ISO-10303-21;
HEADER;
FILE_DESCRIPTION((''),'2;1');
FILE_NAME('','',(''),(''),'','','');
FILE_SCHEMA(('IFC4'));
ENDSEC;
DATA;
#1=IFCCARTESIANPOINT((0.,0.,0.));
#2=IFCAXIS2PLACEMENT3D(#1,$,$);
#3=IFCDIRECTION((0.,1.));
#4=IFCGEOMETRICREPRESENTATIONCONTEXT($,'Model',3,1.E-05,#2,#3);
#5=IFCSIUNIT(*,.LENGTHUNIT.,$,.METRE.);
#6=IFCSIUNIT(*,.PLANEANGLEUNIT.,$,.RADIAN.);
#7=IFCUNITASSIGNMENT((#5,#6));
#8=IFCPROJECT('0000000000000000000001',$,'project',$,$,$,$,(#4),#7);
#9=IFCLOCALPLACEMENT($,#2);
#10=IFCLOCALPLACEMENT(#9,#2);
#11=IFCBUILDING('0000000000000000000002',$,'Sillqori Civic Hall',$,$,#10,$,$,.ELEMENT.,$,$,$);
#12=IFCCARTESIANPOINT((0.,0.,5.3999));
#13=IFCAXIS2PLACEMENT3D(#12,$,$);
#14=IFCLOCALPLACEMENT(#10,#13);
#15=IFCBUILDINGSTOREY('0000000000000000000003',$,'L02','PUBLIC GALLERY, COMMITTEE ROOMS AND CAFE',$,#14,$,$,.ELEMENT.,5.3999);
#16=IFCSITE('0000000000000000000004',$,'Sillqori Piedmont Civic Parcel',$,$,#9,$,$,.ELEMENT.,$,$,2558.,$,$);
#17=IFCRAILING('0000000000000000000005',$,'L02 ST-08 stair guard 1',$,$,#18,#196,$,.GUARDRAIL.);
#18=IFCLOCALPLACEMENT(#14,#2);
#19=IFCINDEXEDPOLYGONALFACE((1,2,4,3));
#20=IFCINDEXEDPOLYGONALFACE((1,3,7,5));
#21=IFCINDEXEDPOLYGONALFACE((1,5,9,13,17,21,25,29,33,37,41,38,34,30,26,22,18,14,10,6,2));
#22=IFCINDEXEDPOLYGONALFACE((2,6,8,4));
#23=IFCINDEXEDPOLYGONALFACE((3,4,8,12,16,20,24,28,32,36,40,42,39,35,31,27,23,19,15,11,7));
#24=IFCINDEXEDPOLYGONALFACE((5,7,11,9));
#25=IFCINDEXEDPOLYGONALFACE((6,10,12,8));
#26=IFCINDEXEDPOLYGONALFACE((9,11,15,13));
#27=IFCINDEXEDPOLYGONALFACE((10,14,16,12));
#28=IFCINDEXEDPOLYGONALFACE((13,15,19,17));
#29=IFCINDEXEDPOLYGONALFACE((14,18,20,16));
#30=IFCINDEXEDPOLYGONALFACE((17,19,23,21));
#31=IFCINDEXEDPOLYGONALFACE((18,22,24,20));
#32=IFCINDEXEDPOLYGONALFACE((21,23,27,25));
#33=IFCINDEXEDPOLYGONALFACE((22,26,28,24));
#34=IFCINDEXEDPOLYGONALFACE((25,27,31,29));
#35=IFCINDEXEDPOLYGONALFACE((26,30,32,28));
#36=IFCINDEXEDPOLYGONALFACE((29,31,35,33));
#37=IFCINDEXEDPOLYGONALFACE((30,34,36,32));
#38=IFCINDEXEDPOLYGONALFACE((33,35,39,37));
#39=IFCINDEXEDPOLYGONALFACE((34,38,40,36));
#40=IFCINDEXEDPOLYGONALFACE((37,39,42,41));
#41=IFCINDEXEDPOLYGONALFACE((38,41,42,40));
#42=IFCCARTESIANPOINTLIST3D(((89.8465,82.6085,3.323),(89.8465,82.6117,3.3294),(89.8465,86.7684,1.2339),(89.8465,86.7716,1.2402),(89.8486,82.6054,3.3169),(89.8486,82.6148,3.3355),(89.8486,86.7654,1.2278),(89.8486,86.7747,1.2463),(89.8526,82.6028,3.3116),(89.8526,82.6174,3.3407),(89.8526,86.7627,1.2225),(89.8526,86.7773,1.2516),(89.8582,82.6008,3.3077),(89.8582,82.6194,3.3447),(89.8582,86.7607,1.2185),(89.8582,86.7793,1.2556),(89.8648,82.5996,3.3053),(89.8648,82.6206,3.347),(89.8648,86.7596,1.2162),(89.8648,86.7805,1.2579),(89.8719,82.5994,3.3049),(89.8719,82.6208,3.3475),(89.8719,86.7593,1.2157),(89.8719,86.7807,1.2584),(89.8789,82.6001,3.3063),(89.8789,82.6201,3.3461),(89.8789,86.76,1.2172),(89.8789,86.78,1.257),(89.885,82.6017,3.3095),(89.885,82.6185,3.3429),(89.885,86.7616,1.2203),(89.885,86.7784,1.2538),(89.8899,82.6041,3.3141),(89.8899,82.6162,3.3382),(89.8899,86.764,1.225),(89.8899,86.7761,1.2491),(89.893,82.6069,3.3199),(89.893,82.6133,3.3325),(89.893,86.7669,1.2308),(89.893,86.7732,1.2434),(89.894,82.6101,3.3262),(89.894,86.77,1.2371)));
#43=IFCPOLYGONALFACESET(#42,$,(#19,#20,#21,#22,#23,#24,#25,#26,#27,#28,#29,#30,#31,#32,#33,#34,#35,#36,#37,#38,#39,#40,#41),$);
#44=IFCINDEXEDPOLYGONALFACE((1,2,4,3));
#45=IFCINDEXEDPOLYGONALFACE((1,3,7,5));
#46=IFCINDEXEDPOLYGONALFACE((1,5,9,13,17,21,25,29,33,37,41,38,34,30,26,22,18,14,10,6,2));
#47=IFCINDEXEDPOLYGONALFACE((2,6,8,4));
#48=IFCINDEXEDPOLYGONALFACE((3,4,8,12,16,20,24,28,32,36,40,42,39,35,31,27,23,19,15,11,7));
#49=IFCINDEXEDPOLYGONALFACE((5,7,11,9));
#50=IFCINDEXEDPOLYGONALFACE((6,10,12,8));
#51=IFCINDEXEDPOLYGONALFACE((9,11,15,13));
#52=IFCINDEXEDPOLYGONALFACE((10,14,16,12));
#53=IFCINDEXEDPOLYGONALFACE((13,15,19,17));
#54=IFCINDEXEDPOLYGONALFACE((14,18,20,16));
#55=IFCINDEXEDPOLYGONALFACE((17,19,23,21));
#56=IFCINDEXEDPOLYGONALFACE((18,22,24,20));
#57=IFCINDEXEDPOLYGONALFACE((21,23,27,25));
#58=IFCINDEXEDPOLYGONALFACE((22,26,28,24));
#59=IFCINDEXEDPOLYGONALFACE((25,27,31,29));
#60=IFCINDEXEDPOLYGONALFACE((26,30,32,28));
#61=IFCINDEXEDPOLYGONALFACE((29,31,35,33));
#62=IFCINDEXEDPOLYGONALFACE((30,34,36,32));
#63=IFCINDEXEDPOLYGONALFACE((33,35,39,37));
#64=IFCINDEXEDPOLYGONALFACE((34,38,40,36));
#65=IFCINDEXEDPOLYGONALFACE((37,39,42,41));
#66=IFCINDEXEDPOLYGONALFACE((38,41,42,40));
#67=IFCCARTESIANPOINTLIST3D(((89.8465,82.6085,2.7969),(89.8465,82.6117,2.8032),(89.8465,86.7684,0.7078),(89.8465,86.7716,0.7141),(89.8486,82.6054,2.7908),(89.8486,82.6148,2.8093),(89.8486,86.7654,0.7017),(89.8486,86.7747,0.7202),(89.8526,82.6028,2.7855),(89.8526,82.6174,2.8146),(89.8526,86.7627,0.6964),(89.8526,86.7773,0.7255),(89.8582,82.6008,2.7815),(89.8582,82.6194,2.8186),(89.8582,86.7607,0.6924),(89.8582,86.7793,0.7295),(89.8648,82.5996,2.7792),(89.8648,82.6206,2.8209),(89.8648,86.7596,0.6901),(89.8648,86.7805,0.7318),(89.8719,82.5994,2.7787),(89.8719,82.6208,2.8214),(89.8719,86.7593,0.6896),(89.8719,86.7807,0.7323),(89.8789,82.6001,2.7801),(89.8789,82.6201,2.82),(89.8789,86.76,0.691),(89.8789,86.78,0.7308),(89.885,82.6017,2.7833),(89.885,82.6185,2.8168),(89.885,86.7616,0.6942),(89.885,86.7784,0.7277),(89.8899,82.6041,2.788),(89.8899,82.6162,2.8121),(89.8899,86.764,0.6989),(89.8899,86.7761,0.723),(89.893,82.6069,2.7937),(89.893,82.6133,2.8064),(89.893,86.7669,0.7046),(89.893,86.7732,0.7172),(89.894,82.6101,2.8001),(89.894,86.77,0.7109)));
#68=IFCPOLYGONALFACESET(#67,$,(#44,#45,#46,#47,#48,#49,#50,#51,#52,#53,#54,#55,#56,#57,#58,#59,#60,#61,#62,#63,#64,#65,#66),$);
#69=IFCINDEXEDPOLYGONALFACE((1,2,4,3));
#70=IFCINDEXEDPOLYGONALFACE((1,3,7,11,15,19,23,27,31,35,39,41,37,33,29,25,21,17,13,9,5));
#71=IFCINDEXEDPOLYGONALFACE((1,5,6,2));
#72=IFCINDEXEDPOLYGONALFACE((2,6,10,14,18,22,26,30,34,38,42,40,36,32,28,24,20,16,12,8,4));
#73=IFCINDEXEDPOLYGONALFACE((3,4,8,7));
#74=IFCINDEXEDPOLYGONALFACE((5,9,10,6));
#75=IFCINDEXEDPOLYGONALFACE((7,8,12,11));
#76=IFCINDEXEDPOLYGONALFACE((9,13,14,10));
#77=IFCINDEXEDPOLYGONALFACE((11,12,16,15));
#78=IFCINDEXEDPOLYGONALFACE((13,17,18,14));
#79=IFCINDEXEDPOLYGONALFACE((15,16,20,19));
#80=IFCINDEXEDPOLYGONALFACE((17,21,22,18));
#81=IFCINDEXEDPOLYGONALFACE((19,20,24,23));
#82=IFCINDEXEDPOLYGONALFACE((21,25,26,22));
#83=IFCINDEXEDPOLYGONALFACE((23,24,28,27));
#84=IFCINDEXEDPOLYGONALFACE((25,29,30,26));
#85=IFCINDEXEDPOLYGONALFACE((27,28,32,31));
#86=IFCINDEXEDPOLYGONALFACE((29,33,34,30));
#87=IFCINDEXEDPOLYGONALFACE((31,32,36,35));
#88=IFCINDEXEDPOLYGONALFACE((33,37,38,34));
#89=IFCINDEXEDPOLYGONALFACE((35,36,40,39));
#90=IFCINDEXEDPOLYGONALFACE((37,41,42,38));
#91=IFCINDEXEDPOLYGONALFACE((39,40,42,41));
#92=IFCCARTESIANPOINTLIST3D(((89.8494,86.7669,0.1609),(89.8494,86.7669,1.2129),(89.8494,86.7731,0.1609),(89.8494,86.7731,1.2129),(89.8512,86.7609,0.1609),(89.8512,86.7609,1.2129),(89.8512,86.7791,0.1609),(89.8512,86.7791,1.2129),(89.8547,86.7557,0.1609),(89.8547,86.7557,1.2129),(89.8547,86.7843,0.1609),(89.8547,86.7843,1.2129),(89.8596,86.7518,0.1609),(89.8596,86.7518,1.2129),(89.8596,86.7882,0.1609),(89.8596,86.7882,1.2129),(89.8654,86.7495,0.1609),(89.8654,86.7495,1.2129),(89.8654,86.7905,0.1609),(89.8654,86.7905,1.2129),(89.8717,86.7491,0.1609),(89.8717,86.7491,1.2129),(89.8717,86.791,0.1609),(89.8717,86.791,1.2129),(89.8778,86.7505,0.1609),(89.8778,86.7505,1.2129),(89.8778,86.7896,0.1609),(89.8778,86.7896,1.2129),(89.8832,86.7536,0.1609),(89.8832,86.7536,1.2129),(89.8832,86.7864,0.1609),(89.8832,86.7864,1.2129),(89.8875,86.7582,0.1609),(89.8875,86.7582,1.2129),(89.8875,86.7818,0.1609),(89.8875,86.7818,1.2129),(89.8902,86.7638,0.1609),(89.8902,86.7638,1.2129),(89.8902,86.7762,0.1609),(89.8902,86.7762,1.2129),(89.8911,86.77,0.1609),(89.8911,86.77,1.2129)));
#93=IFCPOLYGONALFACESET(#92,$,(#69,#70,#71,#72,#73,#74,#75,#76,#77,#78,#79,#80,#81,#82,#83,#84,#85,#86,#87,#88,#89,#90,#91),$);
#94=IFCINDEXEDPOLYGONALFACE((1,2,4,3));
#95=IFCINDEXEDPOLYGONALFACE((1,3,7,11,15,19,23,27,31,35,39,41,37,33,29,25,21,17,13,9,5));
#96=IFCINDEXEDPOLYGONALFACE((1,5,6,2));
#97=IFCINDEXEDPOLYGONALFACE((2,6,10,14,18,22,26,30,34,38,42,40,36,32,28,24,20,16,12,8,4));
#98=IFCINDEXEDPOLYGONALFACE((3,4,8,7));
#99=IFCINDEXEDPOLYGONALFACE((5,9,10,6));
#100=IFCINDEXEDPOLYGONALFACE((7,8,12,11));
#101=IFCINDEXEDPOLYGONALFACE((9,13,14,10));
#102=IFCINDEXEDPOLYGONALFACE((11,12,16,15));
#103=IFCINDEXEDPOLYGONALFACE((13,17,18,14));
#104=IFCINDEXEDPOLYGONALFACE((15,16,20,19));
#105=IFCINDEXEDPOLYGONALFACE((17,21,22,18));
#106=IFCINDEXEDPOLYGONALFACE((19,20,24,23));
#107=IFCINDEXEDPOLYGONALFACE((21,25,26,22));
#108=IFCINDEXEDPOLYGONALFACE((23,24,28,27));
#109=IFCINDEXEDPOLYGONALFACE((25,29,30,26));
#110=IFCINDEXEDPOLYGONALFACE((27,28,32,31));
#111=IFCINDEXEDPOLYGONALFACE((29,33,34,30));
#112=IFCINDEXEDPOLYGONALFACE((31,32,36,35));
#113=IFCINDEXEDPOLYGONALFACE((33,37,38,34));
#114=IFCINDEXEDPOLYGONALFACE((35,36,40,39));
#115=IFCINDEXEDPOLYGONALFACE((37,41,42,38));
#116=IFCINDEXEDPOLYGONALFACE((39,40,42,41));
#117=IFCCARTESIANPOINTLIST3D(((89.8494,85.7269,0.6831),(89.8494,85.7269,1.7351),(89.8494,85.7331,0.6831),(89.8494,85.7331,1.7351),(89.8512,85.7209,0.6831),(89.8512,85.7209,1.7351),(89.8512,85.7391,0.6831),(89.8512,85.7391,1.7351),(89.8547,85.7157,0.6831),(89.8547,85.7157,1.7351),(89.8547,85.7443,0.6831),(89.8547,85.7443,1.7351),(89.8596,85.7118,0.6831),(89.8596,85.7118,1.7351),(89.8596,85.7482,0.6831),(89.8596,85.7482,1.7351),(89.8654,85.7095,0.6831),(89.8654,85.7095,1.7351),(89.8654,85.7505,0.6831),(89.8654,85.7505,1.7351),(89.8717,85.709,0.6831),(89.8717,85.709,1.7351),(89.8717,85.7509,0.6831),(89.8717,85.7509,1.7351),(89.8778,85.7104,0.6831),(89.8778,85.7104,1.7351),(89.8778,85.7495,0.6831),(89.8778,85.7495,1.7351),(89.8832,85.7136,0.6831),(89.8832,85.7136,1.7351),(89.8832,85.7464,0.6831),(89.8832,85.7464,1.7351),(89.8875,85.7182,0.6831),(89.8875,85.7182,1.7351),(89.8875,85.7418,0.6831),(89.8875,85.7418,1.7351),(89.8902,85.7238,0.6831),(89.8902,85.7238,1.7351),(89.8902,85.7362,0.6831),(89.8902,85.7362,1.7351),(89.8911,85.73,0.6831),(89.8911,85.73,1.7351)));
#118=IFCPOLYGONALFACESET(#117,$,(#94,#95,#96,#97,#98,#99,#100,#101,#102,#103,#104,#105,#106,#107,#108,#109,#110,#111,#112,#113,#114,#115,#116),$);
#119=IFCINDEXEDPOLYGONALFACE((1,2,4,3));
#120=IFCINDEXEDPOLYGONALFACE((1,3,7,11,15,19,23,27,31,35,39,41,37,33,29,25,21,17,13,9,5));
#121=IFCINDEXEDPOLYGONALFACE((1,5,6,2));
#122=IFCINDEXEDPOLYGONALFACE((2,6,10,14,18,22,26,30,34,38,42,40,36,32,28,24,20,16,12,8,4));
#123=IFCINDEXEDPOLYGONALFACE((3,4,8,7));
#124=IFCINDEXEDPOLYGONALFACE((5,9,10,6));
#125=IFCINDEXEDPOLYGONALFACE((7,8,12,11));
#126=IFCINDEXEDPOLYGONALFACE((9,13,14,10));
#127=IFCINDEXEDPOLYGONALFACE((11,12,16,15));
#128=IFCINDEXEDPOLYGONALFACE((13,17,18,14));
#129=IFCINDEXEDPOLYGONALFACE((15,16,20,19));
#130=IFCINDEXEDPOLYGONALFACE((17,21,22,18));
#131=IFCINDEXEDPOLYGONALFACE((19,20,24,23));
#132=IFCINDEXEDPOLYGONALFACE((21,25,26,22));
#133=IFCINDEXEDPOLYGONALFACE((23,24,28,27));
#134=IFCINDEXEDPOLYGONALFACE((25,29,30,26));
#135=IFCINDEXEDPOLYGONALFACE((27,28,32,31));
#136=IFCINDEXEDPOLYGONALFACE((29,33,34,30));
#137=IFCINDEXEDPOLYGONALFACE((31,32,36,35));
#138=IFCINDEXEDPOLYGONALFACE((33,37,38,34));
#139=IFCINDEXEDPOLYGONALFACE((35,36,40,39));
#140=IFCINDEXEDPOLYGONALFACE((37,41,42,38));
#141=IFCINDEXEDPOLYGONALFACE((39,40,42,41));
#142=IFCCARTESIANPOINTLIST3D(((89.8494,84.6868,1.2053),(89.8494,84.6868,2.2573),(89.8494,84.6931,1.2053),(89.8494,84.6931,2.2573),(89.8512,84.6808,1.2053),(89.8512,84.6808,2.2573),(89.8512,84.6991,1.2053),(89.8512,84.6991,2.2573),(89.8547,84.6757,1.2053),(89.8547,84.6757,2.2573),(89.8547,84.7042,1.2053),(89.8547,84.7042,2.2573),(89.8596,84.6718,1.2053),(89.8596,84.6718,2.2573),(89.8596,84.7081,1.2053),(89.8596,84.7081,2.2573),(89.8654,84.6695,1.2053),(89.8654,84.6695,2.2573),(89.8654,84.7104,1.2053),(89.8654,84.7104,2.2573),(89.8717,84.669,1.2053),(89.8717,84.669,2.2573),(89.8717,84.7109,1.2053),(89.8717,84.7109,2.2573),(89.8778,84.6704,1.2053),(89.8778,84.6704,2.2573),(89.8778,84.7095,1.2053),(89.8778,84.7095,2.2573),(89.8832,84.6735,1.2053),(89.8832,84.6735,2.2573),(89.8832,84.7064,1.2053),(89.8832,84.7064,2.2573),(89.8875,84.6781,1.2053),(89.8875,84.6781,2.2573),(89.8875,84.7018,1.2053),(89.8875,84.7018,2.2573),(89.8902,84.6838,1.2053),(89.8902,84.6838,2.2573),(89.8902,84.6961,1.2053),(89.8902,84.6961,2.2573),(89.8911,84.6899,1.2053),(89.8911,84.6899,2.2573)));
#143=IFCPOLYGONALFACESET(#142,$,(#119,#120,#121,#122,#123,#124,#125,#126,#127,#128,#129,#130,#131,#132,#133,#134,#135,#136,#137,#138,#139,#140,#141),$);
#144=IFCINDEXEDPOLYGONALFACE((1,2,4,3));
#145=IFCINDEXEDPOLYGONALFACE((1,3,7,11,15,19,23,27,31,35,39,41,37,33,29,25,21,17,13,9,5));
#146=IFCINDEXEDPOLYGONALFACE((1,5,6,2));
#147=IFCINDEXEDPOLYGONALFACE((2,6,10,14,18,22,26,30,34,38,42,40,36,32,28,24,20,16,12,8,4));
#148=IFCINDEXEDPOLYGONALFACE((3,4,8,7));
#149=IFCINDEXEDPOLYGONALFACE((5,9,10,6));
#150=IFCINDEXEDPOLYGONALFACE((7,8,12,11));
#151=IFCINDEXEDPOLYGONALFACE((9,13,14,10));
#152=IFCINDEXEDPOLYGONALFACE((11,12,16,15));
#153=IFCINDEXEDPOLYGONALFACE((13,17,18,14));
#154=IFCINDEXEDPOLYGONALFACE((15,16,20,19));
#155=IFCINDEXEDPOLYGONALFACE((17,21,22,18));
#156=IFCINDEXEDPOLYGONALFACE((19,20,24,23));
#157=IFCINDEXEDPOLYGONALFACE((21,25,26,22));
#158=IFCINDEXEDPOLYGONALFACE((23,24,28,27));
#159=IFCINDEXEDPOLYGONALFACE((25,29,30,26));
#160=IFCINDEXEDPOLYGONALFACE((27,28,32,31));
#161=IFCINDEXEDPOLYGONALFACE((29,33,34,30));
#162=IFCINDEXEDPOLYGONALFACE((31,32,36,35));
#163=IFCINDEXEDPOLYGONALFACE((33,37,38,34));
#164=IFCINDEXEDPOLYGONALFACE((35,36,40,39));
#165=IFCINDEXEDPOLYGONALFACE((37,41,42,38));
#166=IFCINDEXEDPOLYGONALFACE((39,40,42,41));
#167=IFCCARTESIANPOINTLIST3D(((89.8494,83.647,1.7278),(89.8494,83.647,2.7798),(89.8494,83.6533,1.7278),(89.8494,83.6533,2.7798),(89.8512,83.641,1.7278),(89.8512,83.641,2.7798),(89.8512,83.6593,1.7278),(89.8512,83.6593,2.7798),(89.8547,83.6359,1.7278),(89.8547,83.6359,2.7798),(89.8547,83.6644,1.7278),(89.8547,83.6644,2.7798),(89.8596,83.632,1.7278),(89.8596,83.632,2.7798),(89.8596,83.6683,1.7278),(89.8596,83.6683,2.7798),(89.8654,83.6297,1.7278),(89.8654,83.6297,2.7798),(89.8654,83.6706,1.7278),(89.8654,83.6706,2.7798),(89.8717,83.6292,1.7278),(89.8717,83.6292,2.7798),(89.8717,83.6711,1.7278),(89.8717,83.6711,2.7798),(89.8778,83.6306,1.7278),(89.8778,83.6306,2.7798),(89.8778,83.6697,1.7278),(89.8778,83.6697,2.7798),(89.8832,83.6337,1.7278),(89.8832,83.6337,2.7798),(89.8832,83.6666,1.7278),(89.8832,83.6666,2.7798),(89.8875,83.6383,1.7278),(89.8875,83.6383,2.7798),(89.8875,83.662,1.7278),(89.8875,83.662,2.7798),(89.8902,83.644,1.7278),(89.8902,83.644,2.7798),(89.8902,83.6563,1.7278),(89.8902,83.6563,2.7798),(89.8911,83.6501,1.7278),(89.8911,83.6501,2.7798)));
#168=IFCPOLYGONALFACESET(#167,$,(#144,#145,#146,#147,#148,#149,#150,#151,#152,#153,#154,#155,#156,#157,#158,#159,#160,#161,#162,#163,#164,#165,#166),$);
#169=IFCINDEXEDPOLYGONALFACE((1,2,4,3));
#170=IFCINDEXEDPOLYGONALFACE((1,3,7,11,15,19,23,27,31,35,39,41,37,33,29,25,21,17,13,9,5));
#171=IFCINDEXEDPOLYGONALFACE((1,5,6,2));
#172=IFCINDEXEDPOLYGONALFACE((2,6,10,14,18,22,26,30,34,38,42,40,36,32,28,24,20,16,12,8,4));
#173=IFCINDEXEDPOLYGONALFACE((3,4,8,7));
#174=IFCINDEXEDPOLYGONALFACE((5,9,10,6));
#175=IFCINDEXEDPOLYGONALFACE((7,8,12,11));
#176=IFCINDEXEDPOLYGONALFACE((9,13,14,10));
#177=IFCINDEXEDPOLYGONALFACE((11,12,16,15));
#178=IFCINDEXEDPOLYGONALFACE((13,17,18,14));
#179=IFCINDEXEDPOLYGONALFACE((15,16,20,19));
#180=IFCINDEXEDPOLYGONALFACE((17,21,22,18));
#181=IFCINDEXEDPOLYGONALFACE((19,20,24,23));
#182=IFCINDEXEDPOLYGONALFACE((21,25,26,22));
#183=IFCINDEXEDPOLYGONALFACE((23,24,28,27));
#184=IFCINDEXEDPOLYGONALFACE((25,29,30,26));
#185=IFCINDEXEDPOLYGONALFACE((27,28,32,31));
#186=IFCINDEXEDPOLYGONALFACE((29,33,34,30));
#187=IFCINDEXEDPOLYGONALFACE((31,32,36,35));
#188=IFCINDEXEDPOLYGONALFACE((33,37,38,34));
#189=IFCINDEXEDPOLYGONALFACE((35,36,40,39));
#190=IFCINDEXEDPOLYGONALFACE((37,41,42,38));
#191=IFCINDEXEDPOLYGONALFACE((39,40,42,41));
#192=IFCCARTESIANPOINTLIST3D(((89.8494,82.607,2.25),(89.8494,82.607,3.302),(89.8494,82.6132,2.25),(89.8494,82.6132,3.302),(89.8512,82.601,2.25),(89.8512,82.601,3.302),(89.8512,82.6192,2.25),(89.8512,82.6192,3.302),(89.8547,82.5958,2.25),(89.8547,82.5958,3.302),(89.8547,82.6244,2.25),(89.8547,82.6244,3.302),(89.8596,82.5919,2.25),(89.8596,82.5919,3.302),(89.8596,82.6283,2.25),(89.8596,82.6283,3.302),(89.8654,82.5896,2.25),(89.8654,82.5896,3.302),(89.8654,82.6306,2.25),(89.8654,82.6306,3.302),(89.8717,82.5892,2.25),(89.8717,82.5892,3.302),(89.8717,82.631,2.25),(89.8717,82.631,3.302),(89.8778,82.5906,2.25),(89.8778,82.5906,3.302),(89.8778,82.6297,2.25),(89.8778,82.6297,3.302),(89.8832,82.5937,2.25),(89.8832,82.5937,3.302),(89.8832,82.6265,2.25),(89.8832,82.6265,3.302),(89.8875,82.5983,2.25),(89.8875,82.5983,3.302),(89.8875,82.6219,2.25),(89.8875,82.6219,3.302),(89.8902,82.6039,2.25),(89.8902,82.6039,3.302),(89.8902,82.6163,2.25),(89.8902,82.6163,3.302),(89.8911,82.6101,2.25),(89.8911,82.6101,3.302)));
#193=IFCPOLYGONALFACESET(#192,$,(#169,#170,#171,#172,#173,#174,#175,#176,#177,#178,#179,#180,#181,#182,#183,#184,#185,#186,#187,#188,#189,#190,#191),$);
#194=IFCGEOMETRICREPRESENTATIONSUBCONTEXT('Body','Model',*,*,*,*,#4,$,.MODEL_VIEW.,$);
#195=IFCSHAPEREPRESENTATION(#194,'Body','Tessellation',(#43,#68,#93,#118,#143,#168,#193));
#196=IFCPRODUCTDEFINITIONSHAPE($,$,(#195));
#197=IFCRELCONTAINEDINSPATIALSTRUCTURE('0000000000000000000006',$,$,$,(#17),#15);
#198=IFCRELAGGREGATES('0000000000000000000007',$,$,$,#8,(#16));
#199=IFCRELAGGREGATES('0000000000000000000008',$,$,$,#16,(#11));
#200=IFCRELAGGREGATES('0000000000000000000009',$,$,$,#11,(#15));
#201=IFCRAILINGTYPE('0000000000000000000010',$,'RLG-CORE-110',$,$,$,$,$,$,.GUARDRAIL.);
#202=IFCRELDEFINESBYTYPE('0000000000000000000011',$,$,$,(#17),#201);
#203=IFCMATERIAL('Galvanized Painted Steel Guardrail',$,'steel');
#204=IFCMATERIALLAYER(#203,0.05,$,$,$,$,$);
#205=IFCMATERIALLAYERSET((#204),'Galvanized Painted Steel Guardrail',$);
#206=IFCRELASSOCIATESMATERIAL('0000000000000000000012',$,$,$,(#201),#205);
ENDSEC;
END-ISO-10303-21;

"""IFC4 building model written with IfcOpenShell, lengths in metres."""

from ifc_helpers import new_model, si_unit, direction, frame, origin, origin_2d, place, context, subcontext, project, spatial, circle, extrude, material, layer, layer_set, type_object, element, save


model = new_model("IFC4")

# Units and contexts
model_context = context("Model", 3, precision=1e-05, world=origin(), true_north=direction((0.0, 1.0)))
body_context = subcontext(model_context, "Body", "Model", "MODEL_VIEW")
ifc_project = project(units=[si_unit("LENGTHUNIT", "METRE"), si_unit("PLANEANGLEUNIT", "RADIAN")], contexts=[model_context])

# Site, building, storey
site_placement = place(None, origin())
site = spatial("IfcSite", under=ifc_project, at=site_placement, Name="Sillqori Piedmont Civic Parcel", CompositionType="ELEMENT", RefElevation=2558.0)
building_placement = place(site_placement, origin())
building = spatial("IfcBuilding", under=site, at=building_placement, Name="Sillqori Civic Hall", CompositionType="ELEMENT")
storey_placement = place(building_placement, frame((0.0, 0.0, 5.3999)))
storey = spatial("IfcBuildingStorey", under=building, at=storey_placement, Name="L02", Description="PUBLIC GALLERY, COMMITTEE ROOMS AND CAFE", CompositionType="ELEMENT", Elevation=5.3999)

# Railing
ifc_material_1 = material(Name="Galvanized Painted Steel Guardrail", Category="steel")
ifc_layer_1 = layer(ifc_material_1, 0.05)
ifc_layer_set_1 = layer_set([ifc_layer_1], Name="Galvanized Painted Steel Guardrail")
railing_type_1 = type_object("IfcRailingType", Name="RLG-CORE-110", PredefinedType="GUARDRAIL", material=ifc_layer_set_1)
railing_1_placement = place(storey_placement, frame((89.8701, 86.77, 0.1609)))
element("IfcRailing", 1, at=railing_1_placement, inside=storey, type_object=railing_type_1, Name="L02 ST-08 stair guard 1", PredefinedType="GUARDRAIL", context=body_context, shape_type="SweptSolid", body=[
    extrude(circle(Radius=0.0239, at=origin_2d()), frame((0.0, 0.0, 1.0762), z_axis=(0.0, -0.893639, 0.448786), x_axis=(1.0, 0.0, 0.0)), (0.0, 0.0, 1.0), 4.655),
    extrude(circle(Radius=0.0239, at=origin_2d()), frame((0.0, 0.0, 0.55), z_axis=(0.0, -0.893639, 0.448786), x_axis=(1.0, 0.0, 0.0)), (0.0, 0.0, 1.0), 4.655),
    extrude(circle(Radius=0.021, at=origin_2d()), origin(), (0.0, 0.0, 1.0), 1.052),
    extrude(circle(Radius=0.021, at=origin_2d()), frame((0.0, -1.04, 0.5222)), (0.0, 0.0, 1.0), 1.052),
    extrude(circle(Radius=0.021, at=origin_2d()), frame((0.0, -2.0801, 1.0444)), (0.0, 0.0, 1.0), 1.052),
    extrude(circle(Radius=0.021, at=origin_2d()), frame((0.0, -3.1199, 1.5669)), (0.0, 0.0, 1.0), 1.052),
    extrude(circle(Radius=0.021, at=origin_2d()), frame((0.0, -4.1599, 2.0891)), (0.0, 0.0, 1.0), 1.052),
])

save(model, "model.ifc")
